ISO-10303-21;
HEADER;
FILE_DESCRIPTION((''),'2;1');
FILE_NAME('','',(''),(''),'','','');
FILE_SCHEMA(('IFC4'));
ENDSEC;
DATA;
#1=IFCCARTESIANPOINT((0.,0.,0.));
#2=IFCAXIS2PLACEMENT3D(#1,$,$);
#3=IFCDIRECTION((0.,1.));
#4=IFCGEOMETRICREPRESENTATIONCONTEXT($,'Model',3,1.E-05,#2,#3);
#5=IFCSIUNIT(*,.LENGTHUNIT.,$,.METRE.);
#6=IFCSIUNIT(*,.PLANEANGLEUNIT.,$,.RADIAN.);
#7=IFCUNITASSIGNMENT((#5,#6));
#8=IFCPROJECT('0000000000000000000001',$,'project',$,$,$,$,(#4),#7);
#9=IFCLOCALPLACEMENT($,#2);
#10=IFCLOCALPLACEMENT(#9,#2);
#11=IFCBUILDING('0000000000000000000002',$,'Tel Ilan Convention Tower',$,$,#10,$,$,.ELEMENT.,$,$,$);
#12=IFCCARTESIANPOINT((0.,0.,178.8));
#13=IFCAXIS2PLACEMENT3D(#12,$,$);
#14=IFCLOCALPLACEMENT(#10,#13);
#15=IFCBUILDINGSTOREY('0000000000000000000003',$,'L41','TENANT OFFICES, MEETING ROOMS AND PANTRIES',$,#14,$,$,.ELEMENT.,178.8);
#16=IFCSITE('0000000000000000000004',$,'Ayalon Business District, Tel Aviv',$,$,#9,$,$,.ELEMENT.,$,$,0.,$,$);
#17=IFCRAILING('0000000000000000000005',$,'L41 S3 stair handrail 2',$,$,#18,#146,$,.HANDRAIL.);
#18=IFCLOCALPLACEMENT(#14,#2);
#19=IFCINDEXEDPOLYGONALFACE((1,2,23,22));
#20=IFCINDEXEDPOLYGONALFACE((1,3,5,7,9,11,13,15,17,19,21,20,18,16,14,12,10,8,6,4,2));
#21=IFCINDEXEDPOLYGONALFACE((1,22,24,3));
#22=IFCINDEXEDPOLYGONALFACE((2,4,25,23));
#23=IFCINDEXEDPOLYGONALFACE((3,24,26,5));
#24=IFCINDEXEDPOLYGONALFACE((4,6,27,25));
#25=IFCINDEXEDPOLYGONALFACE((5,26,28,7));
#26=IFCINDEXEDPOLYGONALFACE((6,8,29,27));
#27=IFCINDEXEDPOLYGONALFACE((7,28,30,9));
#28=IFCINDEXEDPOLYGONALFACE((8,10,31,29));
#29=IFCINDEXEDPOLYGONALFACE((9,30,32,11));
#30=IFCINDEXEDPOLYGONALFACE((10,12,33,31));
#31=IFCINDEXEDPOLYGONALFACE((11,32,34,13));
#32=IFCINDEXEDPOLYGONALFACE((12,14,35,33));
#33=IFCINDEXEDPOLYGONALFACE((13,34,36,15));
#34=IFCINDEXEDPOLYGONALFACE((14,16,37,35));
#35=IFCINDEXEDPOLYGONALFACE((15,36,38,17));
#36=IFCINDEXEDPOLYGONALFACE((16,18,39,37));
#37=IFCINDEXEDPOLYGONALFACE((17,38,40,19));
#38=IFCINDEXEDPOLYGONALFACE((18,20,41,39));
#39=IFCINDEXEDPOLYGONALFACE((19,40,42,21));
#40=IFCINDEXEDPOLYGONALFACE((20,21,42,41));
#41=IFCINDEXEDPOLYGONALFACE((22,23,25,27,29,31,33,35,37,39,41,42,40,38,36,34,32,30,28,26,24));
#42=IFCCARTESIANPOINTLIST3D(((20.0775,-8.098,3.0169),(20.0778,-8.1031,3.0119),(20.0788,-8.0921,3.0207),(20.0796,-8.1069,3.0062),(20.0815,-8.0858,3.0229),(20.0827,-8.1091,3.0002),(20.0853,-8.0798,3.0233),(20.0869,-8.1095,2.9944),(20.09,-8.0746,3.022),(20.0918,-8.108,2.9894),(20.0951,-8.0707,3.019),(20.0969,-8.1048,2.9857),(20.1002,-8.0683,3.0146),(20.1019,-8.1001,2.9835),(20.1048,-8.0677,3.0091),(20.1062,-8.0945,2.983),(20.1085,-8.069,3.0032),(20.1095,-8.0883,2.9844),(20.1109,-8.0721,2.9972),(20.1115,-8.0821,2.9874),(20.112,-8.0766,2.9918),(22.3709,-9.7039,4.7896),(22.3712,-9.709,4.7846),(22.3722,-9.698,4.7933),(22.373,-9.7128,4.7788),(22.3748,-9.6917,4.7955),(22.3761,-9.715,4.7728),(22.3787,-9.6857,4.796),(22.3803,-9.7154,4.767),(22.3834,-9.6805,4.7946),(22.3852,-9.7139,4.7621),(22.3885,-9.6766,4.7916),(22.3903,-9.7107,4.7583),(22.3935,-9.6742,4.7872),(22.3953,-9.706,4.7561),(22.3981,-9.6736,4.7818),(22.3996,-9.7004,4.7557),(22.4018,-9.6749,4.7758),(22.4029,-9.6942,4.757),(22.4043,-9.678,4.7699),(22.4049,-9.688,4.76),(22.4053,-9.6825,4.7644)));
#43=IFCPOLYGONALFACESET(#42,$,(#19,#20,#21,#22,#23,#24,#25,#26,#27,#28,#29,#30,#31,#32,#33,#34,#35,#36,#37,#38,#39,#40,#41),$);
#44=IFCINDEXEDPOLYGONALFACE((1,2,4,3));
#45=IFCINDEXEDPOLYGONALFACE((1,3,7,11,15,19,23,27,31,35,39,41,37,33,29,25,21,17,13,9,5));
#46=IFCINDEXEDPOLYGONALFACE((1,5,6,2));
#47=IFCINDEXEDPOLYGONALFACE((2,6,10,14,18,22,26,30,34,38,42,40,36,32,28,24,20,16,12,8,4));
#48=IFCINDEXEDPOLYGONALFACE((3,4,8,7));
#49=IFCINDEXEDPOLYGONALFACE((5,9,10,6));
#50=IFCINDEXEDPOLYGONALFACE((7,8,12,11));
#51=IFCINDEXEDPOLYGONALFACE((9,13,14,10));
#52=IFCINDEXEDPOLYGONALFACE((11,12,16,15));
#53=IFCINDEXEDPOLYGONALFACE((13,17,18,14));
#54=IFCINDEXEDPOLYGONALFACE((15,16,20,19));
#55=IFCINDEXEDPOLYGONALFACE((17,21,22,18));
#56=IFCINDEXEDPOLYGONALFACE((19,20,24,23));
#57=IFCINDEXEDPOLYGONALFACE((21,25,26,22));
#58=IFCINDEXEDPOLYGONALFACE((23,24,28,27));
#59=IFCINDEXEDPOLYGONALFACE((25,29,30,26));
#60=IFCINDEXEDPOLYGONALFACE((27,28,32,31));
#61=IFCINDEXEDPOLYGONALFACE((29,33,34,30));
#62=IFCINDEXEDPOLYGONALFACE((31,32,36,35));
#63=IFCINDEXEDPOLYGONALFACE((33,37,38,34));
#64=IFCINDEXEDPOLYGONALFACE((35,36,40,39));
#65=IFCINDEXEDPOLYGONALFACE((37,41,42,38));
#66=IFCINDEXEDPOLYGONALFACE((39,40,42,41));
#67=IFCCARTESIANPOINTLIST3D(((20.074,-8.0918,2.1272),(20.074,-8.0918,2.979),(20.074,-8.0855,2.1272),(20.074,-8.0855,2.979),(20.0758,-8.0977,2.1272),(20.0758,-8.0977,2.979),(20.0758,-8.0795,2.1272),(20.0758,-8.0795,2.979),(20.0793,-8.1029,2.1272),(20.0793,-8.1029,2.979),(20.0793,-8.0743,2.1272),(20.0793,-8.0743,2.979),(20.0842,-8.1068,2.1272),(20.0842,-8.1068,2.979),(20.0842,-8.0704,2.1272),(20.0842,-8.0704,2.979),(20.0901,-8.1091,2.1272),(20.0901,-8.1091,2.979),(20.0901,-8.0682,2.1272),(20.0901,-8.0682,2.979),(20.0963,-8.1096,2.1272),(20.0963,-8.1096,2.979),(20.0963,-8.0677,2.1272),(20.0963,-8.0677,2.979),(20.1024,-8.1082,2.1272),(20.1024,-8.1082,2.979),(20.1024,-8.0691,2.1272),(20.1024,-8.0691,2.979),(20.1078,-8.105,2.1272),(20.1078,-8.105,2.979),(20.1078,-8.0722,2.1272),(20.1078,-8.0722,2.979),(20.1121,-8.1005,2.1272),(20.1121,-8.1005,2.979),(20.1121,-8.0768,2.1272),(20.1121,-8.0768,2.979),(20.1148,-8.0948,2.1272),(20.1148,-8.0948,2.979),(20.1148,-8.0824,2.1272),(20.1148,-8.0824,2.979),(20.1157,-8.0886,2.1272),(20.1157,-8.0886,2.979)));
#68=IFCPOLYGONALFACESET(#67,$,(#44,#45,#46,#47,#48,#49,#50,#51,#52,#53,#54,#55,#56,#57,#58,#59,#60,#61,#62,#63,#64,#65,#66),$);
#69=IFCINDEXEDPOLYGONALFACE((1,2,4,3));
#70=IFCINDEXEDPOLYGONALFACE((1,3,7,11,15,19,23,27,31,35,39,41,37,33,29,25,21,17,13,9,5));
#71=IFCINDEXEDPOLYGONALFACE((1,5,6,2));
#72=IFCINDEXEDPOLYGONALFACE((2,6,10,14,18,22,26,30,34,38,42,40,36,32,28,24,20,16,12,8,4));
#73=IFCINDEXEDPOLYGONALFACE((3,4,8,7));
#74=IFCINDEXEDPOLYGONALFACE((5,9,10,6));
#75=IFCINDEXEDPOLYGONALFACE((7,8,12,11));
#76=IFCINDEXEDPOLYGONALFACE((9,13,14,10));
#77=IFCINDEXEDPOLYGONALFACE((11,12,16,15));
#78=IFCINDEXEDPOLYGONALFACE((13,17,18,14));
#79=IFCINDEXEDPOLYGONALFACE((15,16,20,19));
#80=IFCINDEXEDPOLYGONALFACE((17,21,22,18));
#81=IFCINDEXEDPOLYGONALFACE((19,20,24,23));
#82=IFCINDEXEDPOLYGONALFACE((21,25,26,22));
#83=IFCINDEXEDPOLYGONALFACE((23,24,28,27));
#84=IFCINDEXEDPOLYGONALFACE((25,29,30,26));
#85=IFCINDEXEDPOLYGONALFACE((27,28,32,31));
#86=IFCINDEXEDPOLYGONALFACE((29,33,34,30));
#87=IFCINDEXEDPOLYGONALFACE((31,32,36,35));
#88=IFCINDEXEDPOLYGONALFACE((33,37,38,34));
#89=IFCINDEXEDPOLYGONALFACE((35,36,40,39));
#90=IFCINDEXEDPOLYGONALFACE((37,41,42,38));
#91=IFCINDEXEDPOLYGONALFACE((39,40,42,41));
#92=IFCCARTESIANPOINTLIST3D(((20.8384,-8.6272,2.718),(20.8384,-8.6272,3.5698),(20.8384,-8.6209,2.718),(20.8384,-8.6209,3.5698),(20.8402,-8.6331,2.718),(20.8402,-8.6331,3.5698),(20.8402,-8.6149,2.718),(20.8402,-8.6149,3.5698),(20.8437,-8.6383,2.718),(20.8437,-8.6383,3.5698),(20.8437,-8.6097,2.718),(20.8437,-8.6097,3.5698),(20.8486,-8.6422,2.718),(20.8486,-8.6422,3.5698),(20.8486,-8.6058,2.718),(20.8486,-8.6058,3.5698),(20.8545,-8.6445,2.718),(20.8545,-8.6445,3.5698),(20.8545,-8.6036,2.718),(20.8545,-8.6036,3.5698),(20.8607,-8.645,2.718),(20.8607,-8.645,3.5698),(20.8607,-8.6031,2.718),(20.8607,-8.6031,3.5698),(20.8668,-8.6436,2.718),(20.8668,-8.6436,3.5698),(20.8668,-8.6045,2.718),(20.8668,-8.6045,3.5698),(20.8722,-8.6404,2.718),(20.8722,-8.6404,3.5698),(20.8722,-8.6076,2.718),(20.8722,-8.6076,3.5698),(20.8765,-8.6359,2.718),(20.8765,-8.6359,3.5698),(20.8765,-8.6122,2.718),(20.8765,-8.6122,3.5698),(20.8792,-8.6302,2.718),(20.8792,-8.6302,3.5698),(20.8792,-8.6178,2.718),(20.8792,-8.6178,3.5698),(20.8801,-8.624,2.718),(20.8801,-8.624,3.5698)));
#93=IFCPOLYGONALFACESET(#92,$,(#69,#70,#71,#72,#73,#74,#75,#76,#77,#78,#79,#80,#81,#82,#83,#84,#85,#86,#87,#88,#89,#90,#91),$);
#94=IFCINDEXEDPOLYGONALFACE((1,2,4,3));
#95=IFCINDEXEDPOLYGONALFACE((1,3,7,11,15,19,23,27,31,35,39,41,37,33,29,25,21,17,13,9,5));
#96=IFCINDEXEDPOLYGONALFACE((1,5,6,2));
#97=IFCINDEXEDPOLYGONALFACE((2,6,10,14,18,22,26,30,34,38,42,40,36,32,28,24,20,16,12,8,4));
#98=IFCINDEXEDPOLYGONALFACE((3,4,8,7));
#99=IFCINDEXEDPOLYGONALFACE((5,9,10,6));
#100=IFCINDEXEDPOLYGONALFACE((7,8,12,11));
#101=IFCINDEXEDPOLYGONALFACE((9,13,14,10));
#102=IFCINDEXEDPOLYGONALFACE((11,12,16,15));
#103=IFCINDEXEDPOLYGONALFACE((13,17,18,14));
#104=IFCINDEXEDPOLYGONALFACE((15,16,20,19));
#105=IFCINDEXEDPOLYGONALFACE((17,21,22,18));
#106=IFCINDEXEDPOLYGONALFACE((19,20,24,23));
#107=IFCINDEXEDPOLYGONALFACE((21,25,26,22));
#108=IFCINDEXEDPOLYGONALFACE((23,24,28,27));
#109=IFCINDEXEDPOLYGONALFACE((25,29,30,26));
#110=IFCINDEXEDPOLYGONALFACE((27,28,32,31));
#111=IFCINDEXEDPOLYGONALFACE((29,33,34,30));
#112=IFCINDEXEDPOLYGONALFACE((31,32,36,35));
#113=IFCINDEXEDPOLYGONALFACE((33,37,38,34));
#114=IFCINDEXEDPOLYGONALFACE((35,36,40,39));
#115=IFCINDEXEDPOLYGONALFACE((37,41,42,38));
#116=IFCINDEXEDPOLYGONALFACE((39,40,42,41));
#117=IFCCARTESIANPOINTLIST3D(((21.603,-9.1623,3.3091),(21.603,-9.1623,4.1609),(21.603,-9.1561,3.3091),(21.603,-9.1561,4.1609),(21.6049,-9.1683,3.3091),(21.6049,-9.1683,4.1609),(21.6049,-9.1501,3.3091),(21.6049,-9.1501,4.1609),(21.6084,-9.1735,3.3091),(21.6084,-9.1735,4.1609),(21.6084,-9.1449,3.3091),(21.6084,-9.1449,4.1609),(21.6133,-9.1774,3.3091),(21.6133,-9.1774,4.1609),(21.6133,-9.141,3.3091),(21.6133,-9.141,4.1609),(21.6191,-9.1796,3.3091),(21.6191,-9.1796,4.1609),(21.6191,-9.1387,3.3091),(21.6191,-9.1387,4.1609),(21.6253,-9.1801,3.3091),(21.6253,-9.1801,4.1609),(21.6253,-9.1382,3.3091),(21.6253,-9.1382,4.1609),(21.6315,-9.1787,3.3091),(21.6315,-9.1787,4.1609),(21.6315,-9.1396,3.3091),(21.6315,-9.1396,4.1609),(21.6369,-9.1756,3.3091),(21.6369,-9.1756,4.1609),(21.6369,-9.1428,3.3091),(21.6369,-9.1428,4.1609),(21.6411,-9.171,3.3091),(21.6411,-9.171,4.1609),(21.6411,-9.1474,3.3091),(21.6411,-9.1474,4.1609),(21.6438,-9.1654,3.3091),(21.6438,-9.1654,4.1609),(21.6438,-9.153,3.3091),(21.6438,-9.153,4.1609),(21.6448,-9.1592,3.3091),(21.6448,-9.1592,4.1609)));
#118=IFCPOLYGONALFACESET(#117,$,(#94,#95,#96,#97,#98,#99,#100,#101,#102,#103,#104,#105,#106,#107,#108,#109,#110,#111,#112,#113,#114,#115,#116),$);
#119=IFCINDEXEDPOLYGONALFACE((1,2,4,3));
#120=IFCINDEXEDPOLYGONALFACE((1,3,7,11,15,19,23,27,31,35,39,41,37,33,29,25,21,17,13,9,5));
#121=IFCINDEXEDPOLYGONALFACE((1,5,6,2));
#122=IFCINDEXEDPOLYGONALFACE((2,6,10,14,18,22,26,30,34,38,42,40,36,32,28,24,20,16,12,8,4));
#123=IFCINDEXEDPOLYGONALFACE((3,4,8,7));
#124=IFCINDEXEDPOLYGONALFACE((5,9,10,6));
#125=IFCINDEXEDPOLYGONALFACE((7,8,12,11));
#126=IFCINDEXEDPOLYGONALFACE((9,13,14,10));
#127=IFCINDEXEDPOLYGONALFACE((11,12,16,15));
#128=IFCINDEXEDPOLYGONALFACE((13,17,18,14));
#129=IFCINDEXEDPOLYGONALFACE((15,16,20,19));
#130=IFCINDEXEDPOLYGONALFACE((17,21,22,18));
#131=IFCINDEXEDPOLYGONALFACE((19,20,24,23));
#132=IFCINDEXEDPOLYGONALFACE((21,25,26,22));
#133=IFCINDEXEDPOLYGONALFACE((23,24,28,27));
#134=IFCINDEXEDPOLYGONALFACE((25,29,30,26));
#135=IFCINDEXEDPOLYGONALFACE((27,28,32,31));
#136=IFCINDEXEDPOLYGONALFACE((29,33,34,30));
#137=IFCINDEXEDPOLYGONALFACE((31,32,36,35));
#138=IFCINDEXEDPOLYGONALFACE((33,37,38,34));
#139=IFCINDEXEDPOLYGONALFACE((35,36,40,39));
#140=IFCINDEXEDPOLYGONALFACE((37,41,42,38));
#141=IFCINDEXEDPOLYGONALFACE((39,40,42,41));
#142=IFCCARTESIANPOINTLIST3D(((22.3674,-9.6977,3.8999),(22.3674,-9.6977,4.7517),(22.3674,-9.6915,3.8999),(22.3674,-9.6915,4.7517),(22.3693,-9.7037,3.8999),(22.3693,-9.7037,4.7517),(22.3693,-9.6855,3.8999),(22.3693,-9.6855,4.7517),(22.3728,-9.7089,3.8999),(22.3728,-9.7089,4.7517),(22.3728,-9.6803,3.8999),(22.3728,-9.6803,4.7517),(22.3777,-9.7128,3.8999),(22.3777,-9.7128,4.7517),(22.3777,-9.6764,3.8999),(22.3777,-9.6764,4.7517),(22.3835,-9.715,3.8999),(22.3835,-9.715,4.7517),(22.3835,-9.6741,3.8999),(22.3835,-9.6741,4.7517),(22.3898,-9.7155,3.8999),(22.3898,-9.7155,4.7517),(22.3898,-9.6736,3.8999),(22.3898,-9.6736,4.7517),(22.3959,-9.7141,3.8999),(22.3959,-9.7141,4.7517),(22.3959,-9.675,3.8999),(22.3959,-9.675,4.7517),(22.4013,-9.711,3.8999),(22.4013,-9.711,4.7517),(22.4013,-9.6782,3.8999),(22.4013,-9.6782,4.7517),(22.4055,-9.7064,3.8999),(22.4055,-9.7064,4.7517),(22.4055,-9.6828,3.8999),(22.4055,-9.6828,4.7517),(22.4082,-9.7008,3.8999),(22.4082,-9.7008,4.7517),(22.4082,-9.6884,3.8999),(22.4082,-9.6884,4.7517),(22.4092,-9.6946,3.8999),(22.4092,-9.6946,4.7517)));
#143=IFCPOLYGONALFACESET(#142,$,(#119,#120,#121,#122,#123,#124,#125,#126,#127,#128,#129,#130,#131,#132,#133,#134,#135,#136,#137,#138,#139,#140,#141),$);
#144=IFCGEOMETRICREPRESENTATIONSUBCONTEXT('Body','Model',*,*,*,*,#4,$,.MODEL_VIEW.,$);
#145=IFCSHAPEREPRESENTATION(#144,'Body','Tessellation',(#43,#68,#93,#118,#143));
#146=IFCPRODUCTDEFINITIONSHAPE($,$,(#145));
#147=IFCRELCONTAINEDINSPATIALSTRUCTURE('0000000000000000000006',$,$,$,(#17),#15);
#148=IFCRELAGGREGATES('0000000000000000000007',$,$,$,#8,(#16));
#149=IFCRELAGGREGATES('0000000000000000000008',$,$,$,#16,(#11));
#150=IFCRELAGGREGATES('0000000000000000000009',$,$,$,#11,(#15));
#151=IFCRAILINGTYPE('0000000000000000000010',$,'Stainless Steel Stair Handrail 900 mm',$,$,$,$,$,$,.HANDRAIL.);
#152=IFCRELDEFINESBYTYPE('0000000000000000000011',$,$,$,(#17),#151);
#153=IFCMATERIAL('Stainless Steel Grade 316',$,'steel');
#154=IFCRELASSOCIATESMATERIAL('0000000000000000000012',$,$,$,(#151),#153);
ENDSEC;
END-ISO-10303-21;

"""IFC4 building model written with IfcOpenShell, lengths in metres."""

from ifc_helpers import new_model, si_unit, direction, frame, origin, origin_2d, place, context, subcontext, project, spatial, circle, extrude, material, type_object, element, save


model = new_model("IFC4")

# Units and contexts
model_context = context("Model", 3, precision=1e-05, world=origin(), true_north=direction((0.0, 1.0)))
body_context = subcontext(model_context, "Body", "Model", "MODEL_VIEW")
ifc_project = project(units=[si_unit("LENGTHUNIT", "METRE"), si_unit("PLANEANGLEUNIT", "RADIAN")], contexts=[model_context])

# Site, building, storey
site_placement = place(None, origin())
site = spatial("IfcSite", under=ifc_project, at=site_placement, Name="Ayalon Business District, Tel Aviv", CompositionType="ELEMENT", RefElevation=0.0)
building_placement = place(site_placement, origin())
building = spatial("IfcBuilding", under=site, at=building_placement, Name="Tel Ilan Convention Tower", CompositionType="ELEMENT")
storey_placement = place(building_placement, frame((0.0, 0.0, 178.8)))
storey = spatial("IfcBuildingStorey", under=building, at=storey_placement, Name="L41", Description="TENANT OFFICES, MEETING ROOMS AND PANTRIES", CompositionType="ELEMENT", Elevation=178.8)

# Railing
ifc_material_1 = material(Name="Stainless Steel Grade 316", Category="steel")
railing_type_1 = type_object("IfcRailingType", Name="Stainless Steel Stair Handrail 900 mm", PredefinedType="HANDRAIL", material=ifc_material_1)
railing_1_placement = place(storey_placement, frame((20.0947, -8.0886, 2.1272)))
element("IfcRailing", 1, at=railing_1_placement, inside=storey, type_object=railing_type_1, Name="L41 S3 stair handrail 2", PredefinedType="HANDRAIL", context=body_context, shape_type="SweptSolid", body=[
    extrude(circle(Radius=0.0239, at=origin_2d()), frame((0.0, 0.0, 0.876), z_axis=(0.692085, -0.484621, 0.53494), x_axis=(0.573591, 0.819142, 0.0)), (0.0, 0.0, 1.0), 3.3137),
    extrude(circle(Radius=0.021, at=origin_2d()), origin(), (0.0, 0.0, 1.0), 0.8518),
    extrude(circle(Radius=0.021, at=origin_2d()), frame((0.7644, -0.5354, 0.5908)), (0.0, 0.0, 1.0), 0.8518),
    extrude(circle(Radius=0.021, at=origin_2d()), frame((1.5291, -1.0706, 1.1819)), (0.0, 0.0, 1.0), 0.8518),
    extrude(circle(Radius=0.021, at=origin_2d()), frame((2.2935, -1.606, 1.7727)), (0.0, 0.0, 1.0), 0.8518),
])

save(model, "model.ifc")
